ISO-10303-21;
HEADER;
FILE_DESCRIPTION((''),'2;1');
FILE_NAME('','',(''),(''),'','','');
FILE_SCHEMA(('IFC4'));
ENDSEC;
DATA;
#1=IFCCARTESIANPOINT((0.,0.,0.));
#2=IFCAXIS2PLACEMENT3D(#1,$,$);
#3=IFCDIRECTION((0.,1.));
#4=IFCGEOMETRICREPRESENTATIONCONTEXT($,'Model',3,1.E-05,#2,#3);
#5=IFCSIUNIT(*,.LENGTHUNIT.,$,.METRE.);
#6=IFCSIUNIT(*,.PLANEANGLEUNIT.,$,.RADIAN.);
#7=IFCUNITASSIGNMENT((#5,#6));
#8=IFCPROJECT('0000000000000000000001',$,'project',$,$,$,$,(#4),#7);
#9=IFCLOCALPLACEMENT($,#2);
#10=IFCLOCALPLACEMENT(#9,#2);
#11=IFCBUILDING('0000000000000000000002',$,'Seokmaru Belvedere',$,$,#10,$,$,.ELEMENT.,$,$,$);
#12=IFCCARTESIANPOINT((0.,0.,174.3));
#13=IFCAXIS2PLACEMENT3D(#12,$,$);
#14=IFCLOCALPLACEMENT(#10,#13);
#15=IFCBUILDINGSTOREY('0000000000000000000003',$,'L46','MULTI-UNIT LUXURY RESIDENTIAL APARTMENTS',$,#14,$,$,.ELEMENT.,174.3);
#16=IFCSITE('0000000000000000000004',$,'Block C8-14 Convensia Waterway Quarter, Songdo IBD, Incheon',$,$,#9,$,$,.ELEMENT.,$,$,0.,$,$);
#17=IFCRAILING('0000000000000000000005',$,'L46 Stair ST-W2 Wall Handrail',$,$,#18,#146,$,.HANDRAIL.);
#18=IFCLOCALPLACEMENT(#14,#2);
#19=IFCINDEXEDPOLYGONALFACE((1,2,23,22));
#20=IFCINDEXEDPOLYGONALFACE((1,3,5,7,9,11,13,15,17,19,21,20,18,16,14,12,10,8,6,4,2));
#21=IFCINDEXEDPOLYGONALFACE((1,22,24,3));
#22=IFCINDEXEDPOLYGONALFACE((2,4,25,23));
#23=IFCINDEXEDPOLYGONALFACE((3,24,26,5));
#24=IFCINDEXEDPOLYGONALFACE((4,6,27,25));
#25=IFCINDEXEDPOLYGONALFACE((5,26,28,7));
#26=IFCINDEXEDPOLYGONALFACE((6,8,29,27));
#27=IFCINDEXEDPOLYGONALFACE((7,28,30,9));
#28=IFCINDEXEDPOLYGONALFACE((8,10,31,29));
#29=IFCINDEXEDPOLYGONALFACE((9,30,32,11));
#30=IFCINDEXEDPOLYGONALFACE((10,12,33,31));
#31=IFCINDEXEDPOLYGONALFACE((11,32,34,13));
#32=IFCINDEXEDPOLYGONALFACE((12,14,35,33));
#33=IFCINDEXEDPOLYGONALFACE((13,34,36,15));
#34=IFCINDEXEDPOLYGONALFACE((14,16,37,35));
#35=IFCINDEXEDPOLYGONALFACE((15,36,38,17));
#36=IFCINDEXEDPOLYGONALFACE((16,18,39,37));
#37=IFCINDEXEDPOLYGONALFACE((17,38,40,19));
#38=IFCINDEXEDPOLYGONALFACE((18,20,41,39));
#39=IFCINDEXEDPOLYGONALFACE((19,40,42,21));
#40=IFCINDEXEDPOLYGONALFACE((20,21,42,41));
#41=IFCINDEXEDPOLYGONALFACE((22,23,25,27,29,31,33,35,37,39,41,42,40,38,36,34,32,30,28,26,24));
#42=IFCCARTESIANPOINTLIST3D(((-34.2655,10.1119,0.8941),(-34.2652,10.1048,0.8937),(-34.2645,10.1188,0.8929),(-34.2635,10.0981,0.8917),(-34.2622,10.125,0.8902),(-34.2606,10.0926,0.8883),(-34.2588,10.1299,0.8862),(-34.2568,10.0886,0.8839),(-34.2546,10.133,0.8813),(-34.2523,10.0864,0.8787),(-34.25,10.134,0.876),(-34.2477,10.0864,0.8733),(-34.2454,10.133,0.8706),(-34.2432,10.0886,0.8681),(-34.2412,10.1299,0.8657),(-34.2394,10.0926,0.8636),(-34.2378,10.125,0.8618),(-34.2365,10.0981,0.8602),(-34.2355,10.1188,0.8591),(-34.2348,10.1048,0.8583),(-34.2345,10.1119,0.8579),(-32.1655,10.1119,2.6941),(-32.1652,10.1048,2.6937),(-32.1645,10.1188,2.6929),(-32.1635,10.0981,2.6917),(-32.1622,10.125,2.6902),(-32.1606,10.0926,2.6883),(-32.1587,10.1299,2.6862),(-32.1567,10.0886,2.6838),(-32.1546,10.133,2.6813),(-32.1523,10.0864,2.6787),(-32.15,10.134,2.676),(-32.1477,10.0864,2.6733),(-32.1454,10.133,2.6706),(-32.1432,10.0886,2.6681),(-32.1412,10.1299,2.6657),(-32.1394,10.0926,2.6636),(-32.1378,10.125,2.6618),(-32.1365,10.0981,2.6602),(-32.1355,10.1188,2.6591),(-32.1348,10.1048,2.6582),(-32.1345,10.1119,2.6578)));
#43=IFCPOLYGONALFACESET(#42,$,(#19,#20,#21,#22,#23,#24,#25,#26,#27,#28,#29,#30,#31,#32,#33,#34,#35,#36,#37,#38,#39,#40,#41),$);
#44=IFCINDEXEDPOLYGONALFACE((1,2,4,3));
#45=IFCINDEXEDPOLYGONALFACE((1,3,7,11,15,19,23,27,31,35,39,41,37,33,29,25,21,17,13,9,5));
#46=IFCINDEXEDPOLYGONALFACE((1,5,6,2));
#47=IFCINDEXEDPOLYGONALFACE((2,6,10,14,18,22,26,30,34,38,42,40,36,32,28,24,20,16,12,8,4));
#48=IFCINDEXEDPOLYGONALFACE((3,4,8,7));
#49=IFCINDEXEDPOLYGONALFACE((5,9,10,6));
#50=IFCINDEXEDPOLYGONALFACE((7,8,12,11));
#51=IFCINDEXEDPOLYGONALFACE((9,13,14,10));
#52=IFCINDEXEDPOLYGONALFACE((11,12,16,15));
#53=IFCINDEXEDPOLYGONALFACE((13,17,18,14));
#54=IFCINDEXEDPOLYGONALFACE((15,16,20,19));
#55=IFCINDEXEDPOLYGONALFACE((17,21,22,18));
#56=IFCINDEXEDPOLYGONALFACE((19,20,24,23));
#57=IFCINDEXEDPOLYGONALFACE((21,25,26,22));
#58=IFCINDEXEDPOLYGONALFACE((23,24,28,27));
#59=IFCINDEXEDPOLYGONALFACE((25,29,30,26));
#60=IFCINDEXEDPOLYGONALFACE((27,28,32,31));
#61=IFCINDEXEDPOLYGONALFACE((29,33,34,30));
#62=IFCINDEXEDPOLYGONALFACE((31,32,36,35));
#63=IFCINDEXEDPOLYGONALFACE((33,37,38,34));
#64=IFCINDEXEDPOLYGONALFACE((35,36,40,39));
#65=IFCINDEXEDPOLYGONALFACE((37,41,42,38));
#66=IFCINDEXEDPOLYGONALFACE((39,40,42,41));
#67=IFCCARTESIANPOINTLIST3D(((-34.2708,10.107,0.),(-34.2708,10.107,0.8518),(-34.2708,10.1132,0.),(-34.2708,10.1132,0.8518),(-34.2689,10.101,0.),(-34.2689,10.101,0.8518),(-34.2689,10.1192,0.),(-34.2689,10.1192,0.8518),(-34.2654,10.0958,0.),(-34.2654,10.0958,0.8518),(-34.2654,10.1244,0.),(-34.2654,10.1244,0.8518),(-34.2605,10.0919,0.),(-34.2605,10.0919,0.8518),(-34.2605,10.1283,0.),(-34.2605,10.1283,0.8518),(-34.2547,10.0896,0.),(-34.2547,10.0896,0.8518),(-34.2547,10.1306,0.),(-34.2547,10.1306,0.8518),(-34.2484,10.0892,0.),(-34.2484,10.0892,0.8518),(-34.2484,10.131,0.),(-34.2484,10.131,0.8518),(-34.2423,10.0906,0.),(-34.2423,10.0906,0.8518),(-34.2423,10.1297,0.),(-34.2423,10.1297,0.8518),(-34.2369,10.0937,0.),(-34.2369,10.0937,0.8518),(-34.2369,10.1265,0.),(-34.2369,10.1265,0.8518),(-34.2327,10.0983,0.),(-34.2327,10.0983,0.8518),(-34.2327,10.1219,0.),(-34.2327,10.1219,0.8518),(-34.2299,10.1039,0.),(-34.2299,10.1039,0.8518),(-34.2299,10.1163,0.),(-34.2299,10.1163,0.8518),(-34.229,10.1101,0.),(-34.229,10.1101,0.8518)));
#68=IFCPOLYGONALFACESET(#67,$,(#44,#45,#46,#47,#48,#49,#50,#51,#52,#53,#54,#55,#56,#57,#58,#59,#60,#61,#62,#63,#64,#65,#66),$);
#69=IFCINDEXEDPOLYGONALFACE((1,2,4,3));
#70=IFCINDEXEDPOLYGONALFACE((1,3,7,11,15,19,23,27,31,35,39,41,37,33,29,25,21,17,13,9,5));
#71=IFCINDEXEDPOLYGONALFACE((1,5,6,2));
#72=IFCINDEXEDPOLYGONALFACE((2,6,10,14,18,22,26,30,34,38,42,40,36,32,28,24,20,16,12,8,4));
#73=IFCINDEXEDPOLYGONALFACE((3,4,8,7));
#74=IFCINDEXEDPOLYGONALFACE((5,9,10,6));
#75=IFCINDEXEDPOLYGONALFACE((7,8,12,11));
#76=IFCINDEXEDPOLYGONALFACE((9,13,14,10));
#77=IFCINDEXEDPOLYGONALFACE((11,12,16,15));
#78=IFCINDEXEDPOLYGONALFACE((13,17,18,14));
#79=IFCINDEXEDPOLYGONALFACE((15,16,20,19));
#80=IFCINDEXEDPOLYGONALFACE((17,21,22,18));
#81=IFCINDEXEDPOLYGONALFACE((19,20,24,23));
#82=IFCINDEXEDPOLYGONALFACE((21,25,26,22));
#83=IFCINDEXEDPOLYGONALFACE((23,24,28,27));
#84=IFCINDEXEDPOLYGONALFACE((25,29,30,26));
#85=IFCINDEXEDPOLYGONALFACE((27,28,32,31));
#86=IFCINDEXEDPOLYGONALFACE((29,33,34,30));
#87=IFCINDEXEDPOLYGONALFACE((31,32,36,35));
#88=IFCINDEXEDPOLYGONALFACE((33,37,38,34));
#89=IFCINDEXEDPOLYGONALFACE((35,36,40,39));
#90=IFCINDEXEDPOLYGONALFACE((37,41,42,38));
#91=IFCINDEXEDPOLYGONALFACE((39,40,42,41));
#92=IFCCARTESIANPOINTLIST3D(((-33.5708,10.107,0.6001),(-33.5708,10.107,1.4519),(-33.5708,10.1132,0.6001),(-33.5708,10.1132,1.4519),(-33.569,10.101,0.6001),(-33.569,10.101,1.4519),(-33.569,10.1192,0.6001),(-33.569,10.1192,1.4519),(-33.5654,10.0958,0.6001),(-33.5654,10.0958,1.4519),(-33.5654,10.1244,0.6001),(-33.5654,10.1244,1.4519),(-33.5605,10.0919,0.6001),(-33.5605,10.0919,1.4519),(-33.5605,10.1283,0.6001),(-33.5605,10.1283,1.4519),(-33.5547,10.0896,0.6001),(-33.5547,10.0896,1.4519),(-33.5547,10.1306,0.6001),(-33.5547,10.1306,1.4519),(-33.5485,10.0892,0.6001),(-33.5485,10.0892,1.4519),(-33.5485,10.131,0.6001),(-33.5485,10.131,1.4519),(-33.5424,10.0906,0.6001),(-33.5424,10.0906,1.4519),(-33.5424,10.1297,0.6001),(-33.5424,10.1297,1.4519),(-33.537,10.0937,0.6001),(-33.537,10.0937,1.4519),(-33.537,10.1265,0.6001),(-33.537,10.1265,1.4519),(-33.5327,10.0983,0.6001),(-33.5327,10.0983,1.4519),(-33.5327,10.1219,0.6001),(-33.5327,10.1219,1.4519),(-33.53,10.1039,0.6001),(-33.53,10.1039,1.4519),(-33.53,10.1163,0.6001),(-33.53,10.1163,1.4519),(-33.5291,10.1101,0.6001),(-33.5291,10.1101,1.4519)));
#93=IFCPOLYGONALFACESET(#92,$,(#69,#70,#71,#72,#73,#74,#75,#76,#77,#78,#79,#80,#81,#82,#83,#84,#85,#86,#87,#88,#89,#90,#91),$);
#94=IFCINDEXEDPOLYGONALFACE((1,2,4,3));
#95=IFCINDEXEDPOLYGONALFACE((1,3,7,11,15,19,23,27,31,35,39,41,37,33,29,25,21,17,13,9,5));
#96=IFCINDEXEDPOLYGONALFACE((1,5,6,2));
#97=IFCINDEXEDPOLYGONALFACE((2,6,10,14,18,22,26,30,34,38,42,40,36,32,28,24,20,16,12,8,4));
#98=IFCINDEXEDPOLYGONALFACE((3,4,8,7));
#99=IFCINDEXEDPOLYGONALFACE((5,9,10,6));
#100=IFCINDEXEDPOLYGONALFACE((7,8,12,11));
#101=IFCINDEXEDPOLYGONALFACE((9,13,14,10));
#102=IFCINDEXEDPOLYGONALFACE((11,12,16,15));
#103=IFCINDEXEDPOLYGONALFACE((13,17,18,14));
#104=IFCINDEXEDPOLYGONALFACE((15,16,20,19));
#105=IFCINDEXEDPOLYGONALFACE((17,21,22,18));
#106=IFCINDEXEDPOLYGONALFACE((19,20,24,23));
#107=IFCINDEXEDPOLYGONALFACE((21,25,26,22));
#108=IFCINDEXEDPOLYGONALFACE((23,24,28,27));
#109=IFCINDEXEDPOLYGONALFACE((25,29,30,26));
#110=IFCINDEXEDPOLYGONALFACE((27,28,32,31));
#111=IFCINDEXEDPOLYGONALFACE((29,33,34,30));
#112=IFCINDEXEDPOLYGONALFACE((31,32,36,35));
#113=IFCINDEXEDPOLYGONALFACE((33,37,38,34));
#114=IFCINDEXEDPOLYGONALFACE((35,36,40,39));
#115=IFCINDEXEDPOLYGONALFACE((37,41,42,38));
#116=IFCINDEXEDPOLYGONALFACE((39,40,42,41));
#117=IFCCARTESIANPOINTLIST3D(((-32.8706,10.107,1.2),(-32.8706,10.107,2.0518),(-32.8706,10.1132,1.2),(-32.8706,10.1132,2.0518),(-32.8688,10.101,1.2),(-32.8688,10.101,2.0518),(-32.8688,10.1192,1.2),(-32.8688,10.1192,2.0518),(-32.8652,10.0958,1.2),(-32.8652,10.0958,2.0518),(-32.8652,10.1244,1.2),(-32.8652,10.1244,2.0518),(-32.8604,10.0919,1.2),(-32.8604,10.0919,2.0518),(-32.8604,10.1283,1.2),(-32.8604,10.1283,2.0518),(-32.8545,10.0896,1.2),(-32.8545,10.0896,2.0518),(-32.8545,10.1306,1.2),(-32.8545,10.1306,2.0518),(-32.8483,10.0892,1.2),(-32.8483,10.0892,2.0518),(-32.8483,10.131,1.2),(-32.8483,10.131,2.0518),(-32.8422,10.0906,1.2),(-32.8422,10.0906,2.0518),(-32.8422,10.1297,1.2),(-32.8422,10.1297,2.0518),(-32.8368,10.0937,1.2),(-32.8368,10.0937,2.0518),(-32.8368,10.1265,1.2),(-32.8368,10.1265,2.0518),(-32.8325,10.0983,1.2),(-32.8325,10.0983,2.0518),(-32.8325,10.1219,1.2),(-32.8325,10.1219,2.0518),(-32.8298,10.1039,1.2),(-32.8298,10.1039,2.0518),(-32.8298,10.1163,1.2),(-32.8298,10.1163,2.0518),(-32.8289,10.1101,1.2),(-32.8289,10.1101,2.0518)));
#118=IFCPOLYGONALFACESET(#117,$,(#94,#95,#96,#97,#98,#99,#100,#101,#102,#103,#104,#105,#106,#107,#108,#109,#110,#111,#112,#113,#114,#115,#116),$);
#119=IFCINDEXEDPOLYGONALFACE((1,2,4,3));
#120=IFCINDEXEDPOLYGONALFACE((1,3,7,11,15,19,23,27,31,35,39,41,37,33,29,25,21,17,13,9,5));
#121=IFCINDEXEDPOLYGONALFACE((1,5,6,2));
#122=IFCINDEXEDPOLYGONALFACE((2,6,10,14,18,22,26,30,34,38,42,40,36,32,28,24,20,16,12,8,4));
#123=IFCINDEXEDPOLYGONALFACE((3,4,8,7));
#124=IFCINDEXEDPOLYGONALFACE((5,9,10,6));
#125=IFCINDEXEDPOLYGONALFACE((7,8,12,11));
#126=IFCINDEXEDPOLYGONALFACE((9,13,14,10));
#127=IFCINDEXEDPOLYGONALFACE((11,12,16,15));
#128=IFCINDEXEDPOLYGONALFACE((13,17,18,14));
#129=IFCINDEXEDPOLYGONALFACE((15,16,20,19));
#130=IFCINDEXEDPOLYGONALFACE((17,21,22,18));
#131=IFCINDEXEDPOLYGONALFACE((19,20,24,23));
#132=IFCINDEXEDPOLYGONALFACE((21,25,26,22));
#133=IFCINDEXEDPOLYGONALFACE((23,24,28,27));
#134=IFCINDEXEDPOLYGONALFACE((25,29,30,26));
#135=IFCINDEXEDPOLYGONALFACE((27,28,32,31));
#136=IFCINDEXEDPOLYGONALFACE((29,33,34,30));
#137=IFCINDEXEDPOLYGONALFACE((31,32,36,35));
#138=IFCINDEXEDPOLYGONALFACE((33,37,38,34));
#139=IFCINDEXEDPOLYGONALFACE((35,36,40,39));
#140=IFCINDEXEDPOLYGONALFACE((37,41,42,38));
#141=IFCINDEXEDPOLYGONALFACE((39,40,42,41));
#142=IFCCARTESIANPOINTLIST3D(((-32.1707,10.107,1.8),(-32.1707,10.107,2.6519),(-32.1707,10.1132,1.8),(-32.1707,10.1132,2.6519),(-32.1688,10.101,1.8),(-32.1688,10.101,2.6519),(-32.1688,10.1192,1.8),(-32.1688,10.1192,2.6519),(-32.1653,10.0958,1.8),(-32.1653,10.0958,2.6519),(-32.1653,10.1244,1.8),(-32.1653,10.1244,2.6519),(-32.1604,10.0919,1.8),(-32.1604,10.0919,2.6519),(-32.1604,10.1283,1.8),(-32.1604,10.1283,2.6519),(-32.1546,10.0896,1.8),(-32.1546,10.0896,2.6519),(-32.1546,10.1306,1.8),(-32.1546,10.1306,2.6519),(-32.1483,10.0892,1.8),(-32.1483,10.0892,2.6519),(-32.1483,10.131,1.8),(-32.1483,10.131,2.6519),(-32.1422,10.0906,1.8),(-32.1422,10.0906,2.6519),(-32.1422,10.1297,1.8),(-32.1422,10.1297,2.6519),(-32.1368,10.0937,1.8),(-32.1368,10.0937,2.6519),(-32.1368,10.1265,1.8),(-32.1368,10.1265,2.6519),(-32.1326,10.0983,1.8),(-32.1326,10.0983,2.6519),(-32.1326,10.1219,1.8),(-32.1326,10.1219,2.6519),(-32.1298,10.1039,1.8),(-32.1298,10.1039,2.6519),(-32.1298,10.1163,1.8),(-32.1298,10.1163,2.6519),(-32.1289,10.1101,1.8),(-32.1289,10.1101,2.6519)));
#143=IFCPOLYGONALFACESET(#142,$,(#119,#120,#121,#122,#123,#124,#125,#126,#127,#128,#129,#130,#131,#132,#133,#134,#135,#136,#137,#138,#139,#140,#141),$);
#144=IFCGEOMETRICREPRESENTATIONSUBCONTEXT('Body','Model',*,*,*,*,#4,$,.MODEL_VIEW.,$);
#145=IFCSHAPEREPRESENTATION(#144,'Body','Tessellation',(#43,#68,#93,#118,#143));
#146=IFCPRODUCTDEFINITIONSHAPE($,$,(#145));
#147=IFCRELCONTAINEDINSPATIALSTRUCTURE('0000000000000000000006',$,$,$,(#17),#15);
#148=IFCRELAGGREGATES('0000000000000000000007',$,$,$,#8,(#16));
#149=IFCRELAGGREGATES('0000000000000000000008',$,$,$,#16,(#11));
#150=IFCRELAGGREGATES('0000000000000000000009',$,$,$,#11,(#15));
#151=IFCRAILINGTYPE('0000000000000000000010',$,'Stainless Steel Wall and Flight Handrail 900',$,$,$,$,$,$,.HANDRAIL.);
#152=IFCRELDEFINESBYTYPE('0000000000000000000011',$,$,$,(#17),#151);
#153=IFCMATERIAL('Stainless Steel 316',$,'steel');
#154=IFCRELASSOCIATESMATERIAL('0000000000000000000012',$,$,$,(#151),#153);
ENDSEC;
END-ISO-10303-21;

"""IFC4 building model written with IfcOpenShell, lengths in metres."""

from ifc_helpers import new_model, si_unit, direction, frame, origin, origin_2d, place, context, subcontext, project, spatial, circle, extrude, material, type_object, element, save


model = new_model("IFC4")

# Units and contexts
model_context = context("Model", 3, precision=1e-05, world=origin(), true_north=direction((0.0, 1.0)))
body_context = subcontext(model_context, "Body", "Model", "MODEL_VIEW")
ifc_project = project(units=[si_unit("LENGTHUNIT", "METRE"), si_unit("PLANEANGLEUNIT", "RADIAN")], contexts=[model_context])

# Site, building, storey
site_placement = place(None, origin())
site = spatial("IfcSite", under=ifc_project, at=site_placement, Name="Block C8-14 Convensia Waterway Quarter, Songdo IBD, Incheon", CompositionType="ELEMENT", RefElevation=0.0)
building_placement = place(site_placement, origin())
building = spatial("IfcBuilding", under=site, at=building_placement, Name="Seokmaru Belvedere", CompositionType="ELEMENT")
storey_placement = place(building_placement, frame((0.0, 0.0, 174.3)))
storey = spatial("IfcBuildingStorey", under=building, at=storey_placement, Name="L46", Description="MULTI-UNIT LUXURY RESIDENTIAL APARTMENTS", CompositionType="ELEMENT", Elevation=174.3)

# Shared definitions
ifc_material_1 = material(Name="Stainless Steel 316", Category="steel")

# Railing
railing_type_1 = type_object("IfcRailingType", Name="Stainless Steel Wall and Flight Handrail 900", PredefinedType="HANDRAIL", material=ifc_material_1)
railing_1_placement = place(storey_placement, frame((-34.25, 10.1101, 0.0)))
element("IfcRailing", 1, at=railing_1_placement, inside=storey, type_object=railing_type_1, Name="L46 Stair ST-W2 Wall Handrail", PredefinedType="HANDRAIL", context=body_context, shape_type="SweptSolid", body=[
    extrude(circle(Radius=0.0239, at=origin_2d()), frame((0.0, 0.0, 0.876), z_axis=(0.759263, 0.0, 0.650784), x_axis=(0.0, 1.0, 0.0)), (0.0, 0.0, 1.0), 2.7659),
    extrude(circle(Radius=0.021, at=origin_2d()), origin(), (0.0, 0.0, 1.0), 0.8518),
    extrude(circle(Radius=0.021, at=origin_2d()), frame((0.7, 0.0, 0.6001)), (0.0, 0.0, 1.0), 0.8518),
    extrude(circle(Radius=0.021, at=origin_2d()), frame((1.4001, 0.0, 1.2)), (0.0, 0.0, 1.0), 0.8518),
    extrude(circle(Radius=0.021, at=origin_2d()), frame((2.1001, 0.0, 1.8)), (0.0, 0.0, 1.0), 0.8518),
])

save(model, "model.ifc")
